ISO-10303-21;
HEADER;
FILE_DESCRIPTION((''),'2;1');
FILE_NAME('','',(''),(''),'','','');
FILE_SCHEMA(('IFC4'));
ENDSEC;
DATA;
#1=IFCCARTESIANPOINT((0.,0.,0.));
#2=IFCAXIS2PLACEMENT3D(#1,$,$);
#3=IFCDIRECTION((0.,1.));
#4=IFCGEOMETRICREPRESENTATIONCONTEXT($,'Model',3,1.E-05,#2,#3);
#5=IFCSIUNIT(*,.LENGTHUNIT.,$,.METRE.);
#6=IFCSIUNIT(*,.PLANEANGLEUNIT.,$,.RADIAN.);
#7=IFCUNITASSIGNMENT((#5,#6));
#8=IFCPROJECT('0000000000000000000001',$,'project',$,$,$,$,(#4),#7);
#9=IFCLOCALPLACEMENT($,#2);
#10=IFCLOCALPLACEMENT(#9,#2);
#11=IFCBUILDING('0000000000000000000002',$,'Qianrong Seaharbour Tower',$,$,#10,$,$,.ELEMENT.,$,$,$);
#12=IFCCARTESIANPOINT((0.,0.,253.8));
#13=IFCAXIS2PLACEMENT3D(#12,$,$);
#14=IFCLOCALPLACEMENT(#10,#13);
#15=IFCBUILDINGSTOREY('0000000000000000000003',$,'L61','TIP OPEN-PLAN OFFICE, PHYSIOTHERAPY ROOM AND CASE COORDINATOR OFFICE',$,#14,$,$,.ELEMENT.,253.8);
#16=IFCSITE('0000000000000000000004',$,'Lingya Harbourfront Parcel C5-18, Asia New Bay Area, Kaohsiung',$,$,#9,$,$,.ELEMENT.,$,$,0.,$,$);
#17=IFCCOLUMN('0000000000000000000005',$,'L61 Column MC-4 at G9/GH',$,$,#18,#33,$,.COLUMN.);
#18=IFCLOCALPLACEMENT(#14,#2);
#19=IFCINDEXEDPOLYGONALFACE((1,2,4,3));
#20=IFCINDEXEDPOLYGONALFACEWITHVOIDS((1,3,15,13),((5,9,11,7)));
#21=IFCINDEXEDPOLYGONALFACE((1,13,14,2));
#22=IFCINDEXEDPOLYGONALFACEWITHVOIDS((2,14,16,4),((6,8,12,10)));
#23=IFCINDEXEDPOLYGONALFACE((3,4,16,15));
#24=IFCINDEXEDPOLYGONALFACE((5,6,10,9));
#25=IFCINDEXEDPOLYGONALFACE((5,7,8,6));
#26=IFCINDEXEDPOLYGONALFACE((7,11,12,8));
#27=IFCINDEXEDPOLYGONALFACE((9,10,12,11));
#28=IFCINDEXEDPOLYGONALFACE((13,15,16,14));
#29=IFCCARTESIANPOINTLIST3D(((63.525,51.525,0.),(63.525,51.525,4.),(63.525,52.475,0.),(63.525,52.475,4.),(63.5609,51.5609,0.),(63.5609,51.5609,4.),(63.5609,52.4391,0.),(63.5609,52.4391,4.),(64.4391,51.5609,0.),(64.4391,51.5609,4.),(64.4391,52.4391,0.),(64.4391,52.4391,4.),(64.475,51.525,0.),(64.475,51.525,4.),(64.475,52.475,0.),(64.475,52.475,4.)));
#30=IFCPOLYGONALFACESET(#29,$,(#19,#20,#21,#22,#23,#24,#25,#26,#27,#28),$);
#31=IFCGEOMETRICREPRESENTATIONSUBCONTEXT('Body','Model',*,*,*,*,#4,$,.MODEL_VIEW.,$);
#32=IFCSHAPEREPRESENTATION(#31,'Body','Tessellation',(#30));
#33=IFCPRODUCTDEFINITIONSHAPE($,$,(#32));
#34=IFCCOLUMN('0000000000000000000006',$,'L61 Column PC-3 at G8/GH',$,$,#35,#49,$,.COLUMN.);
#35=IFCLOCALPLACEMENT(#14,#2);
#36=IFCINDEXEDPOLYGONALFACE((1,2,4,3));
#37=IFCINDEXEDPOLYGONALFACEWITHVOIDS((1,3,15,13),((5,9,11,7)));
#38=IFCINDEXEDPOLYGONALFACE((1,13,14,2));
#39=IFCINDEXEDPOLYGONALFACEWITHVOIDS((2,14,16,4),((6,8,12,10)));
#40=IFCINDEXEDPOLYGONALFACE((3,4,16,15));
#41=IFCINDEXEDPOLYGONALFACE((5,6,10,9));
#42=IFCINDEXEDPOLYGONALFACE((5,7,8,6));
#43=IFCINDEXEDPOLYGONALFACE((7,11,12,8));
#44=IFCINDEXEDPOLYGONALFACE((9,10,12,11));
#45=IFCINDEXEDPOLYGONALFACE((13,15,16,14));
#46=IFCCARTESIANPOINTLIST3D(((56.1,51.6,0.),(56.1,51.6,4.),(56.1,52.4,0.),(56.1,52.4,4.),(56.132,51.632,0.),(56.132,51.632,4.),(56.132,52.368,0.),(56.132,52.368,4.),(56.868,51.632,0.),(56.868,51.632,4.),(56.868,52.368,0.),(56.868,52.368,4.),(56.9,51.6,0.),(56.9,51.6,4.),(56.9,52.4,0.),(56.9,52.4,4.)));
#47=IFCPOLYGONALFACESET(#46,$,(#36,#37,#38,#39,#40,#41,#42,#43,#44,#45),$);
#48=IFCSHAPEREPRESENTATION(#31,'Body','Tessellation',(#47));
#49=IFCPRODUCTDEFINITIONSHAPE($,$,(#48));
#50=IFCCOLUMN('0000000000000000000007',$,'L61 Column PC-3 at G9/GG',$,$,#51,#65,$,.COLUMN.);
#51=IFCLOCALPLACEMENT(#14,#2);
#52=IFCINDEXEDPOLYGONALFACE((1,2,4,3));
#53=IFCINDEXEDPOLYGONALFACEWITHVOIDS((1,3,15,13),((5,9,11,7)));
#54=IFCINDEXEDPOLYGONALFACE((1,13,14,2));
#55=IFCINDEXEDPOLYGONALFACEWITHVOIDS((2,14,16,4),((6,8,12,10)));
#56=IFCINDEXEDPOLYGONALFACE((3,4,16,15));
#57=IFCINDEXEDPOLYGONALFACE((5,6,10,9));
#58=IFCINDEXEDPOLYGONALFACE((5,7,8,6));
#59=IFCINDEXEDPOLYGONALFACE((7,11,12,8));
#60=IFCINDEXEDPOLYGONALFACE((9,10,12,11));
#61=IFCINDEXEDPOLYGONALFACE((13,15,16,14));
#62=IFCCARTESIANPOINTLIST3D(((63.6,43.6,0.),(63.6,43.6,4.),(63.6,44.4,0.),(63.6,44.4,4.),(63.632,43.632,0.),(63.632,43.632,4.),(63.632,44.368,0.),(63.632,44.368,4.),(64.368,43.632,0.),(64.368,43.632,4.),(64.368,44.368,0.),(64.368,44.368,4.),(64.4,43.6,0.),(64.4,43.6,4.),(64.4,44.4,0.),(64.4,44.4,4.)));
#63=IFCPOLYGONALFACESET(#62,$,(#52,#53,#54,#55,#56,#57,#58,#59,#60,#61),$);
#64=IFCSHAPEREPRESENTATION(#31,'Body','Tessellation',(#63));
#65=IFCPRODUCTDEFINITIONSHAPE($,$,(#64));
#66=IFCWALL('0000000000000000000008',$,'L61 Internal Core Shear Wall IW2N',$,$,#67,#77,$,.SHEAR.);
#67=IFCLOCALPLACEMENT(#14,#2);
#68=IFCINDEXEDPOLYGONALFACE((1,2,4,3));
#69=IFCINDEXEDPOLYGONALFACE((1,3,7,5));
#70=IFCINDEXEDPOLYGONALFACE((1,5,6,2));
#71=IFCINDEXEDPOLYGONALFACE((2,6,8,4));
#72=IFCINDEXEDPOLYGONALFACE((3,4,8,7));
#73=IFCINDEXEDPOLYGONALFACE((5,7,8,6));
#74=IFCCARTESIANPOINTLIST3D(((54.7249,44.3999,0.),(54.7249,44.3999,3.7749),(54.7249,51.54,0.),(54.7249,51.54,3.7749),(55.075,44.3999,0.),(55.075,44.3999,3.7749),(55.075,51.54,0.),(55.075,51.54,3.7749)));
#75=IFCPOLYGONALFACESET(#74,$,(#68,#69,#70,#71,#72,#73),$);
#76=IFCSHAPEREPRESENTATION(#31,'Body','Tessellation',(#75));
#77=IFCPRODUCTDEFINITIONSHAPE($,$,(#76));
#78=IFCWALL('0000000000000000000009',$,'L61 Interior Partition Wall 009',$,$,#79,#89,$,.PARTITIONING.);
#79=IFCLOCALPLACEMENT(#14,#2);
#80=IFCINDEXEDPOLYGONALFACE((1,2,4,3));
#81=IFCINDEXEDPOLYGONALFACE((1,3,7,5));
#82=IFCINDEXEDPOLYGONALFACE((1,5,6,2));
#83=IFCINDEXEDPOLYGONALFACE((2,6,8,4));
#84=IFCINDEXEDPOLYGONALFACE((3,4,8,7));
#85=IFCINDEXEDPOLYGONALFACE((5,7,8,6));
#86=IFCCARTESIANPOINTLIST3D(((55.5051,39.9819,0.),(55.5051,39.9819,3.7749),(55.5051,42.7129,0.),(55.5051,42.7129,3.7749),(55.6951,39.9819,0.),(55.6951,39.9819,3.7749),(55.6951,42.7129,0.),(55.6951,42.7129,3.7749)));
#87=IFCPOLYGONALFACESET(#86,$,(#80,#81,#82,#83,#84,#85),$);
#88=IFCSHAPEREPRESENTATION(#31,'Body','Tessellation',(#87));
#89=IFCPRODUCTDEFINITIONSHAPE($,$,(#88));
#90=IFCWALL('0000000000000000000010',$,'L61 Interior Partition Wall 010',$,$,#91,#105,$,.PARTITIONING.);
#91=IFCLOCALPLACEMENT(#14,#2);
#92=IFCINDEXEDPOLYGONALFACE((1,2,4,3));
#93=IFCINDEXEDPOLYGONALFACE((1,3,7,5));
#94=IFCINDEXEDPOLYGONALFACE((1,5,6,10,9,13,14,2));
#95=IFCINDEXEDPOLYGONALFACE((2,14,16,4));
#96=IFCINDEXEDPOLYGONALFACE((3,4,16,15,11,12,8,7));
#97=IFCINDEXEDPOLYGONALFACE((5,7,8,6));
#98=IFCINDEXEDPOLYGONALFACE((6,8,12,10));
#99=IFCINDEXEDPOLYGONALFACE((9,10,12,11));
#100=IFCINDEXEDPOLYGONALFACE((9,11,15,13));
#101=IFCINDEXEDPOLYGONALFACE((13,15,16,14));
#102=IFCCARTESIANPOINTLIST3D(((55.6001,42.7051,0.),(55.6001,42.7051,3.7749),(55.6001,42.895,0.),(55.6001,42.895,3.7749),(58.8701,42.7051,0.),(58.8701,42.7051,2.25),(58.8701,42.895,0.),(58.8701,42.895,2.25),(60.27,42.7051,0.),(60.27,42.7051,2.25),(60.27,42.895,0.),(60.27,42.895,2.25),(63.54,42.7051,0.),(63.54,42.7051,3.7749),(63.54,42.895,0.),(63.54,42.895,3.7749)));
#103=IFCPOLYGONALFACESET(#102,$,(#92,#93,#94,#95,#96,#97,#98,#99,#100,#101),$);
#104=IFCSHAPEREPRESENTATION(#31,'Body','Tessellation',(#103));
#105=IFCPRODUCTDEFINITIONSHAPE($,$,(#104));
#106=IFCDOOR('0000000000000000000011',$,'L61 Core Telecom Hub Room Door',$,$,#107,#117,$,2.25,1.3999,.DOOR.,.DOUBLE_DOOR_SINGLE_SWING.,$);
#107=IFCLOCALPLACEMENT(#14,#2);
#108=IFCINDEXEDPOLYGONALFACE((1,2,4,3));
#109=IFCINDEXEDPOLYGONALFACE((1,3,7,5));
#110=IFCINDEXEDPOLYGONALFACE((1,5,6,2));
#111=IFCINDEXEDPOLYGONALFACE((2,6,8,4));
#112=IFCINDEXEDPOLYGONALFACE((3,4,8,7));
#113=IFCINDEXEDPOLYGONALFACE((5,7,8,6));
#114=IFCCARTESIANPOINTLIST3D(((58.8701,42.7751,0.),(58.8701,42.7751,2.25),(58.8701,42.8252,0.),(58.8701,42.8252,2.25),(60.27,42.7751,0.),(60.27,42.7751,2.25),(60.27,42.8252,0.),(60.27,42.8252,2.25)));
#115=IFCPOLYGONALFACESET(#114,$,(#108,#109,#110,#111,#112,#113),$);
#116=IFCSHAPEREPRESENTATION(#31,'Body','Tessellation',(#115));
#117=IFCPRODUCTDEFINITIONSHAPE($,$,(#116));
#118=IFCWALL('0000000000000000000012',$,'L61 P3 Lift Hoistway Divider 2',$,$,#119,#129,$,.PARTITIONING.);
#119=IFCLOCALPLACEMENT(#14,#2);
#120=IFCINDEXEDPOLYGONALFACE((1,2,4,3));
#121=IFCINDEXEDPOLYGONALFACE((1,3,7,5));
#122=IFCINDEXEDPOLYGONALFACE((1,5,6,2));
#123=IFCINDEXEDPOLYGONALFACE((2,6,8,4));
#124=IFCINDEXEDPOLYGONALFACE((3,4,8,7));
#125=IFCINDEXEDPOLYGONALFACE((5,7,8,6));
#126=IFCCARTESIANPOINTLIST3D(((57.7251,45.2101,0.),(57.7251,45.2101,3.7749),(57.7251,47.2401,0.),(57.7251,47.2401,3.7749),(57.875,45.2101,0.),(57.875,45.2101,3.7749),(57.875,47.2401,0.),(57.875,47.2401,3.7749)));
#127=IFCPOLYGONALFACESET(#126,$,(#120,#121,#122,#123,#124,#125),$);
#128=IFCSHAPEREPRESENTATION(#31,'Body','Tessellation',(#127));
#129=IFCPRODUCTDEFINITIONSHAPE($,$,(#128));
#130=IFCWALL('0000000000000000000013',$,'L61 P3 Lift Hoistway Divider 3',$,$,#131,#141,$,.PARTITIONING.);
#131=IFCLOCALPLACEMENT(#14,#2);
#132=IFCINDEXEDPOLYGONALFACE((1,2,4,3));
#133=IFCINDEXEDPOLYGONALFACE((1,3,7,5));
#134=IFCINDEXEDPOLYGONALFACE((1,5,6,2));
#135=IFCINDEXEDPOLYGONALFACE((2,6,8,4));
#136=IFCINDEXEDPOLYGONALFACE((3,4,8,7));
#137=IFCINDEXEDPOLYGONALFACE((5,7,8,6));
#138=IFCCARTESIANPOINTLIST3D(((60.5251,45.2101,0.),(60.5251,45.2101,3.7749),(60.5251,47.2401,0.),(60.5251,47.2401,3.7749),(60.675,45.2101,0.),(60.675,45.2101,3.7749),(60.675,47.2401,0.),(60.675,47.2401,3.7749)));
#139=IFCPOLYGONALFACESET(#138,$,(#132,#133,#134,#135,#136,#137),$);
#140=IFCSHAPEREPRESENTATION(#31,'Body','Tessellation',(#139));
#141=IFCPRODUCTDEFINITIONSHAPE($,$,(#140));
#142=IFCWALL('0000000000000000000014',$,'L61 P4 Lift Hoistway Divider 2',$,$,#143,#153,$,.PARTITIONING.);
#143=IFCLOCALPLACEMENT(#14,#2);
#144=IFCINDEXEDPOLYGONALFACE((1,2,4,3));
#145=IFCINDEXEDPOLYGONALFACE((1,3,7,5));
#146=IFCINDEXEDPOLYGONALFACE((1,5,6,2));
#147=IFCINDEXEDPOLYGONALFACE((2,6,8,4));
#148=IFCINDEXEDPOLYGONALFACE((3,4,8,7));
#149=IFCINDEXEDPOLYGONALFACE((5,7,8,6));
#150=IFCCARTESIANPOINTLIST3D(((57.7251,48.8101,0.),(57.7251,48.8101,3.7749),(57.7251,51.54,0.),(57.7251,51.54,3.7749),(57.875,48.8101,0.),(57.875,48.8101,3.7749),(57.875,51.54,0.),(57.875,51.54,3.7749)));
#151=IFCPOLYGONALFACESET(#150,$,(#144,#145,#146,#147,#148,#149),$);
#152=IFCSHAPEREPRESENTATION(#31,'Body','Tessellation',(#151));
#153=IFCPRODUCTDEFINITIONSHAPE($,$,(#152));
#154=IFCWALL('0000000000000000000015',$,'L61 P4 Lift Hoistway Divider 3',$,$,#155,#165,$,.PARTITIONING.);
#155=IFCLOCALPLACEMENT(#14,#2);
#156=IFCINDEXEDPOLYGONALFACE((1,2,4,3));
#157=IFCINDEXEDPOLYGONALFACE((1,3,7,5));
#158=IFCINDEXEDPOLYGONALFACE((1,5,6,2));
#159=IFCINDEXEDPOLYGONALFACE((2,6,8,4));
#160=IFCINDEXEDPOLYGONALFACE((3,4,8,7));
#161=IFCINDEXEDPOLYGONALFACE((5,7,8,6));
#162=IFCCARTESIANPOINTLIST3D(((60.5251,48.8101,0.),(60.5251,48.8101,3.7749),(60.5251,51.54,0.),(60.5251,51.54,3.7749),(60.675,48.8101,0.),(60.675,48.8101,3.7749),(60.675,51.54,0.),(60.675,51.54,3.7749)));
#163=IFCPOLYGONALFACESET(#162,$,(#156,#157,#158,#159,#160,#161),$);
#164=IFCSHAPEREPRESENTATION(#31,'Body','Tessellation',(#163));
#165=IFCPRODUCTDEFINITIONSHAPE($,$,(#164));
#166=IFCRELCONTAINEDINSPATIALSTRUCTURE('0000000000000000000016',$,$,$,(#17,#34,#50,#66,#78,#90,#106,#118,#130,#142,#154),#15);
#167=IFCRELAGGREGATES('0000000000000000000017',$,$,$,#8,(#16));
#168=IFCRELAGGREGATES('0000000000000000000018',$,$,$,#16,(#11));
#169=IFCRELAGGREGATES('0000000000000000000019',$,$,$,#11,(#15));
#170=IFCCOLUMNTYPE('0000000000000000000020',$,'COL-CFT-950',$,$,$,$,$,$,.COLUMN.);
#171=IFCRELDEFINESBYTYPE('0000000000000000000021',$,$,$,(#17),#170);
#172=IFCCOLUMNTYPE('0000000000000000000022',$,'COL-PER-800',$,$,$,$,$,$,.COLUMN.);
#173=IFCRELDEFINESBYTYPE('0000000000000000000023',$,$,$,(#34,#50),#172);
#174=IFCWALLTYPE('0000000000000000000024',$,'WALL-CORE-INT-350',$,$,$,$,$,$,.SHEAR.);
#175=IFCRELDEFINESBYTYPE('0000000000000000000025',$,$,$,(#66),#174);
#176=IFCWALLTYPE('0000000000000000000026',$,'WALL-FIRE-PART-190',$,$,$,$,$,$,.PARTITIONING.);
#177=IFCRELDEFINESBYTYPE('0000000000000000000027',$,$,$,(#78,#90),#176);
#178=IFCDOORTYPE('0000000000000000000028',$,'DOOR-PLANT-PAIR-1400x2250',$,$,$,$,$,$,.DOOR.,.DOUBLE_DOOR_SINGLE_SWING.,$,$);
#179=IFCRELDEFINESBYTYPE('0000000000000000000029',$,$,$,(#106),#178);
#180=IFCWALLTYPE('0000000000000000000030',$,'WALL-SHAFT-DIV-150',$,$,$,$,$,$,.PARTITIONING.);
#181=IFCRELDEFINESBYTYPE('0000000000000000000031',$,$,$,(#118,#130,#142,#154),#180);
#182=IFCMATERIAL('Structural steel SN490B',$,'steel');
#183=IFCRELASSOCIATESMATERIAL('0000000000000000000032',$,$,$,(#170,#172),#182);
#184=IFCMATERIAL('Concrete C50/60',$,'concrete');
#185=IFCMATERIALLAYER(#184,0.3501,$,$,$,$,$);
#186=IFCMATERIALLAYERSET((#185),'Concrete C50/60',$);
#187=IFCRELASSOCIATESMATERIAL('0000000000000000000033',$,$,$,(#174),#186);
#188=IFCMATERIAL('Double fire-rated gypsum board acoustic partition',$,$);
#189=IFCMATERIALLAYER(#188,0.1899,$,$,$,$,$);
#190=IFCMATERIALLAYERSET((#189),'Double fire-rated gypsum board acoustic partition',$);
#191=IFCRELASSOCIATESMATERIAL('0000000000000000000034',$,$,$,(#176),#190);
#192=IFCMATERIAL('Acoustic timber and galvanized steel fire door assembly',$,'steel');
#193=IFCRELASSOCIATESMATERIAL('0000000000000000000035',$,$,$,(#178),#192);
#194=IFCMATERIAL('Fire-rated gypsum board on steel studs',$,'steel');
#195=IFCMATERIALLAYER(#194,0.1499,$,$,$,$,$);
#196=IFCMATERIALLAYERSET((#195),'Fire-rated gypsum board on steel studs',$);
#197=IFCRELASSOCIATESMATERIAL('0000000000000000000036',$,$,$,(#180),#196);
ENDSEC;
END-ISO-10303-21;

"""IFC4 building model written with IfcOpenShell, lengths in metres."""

from ifc_helpers import new_model, si_unit, direction, frame, frame_2d, origin, origin_2d, place, context, subcontext, project, spatial, rectangle, hollow_rectangle, extrude, material, layer, layer_set, material_profile, profile_set, type_object, element, fill, save


model = new_model("IFC4")

# Units and contexts
model_context = context("Model", 3, precision=1e-05, world=origin(), true_north=direction((0.0, 1.0)))
body_context = subcontext(model_context, "Body", "Model", "MODEL_VIEW")
ifc_project = project(units=[si_unit("LENGTHUNIT", "METRE"), si_unit("PLANEANGLEUNIT", "RADIAN")], contexts=[model_context])

# Site, building, storey
site_placement = place(None, origin())
site = spatial("IfcSite", under=ifc_project, at=site_placement, Name="Lingya Harbourfront Parcel C5-18, Asia New Bay Area, Kaohsiung", CompositionType="ELEMENT", RefElevation=0.0)
building_placement = place(site_placement, origin())
building = spatial("IfcBuilding", under=site, at=building_placement, Name="Qianrong Seaharbour Tower", CompositionType="ELEMENT")
storey_placement = place(building_placement, frame((0.0, 0.0, 253.8)))
storey = spatial("IfcBuildingStorey", under=building, at=storey_placement, Name="L61", Description="TIP OPEN-PLAN OFFICE, PHYSIOTHERAPY ROOM AND CASE COORDINATOR OFFICE", CompositionType="ELEMENT", Elevation=253.8)

# Columns
ifc_material_1 = material(Name="Structural steel SN490B", Category="steel")
ifc_material_profile_1 = material_profile(ifc_material_1, hollow_rectangle(XDim=0.95, YDim=0.95, WallThickness=0.0359, at=origin_2d()), Name="BOX950x950x36")
ifc_profile_set_1 = profile_set([ifc_material_profile_1], Name="Structural steel SN490B")
column_type_1 = type_object("IfcColumnType", Name="COL-CFT-950", PredefinedType="COLUMN", material=ifc_profile_set_1)
column_placement = place(storey_placement, frame((64.0, 52.0, 0.0), z_axis=(0.0, 0.0, 1.0), x_axis=(1.0, 0.0, 0.0)))
element("IfcColumn", 1, at=column_placement, inside=storey, type_object=column_type_1, Name="L61 Column MC-4 at G9/GH", PredefinedType="COLUMN", context=body_context, shape_type="SweptSolid", body=[
    extrude(hollow_rectangle(XDim=0.95, YDim=0.95, WallThickness=0.0359, at=origin_2d()), origin(), (0.0, 0.0, 1.0), 4.0),
])
ifc_material_profile_2 = material_profile(ifc_material_1, hollow_rectangle(XDim=0.8, YDim=0.8, WallThickness=0.032, at=origin_2d()), Name="BOX800x800x32")
ifc_profile_set_2 = profile_set([ifc_material_profile_2], Name="Structural steel SN490B")
column_type_2 = type_object("IfcColumnType", Name="COL-PER-800", PredefinedType="COLUMN", material=ifc_profile_set_2)
for number, where, z_axis, x_axis, name in (
    (2, (56.5, 52.0, 0.0), (0.0, 0.0, 1.0), (1.0, 0.0, 0.0), "L61 Column PC-3 at G8/GH"),
    (3, (64.0, 44.0, 0.0), (0.0, 0.0, 1.0), (1.0, 0.0, 0.0), "L61 Column PC-3 at G9/GG"),
):
    element("IfcColumn", number, at=place(storey_placement, frame(where, z_axis=z_axis, x_axis=x_axis)), inside=storey, type_object=column_type_2, Name=name, PredefinedType="COLUMN", context=body_context, shape_type="SweptSolid", body=[
        extrude(hollow_rectangle(XDim=0.8, YDim=0.8, WallThickness=0.032, at=origin_2d()), origin(), (0.0, 0.0, 1.0), 4.0),
    ])

# Walls
ifc_material_2 = material(Name="Concrete C50/60", Category="concrete")
ifc_layer_1 = layer(ifc_material_2, 0.3501)
ifc_layer_set_1 = layer_set([ifc_layer_1], Name="Concrete C50/60")
wall_type_1 = type_object("IfcWallType", Name="WALL-CORE-INT-350", PredefinedType="SHEAR", material=ifc_layer_set_1)
wall_1_placement = place(storey_placement, frame((54.8999, 44.3999, 0.0), z_axis=(0.0, 0.0, 1.0), x_axis=(0.0, 1.0, 0.0)))
element("IfcWall", 4, at=wall_1_placement, inside=storey, type_object=wall_type_1, Name="L61 Internal Core Shear Wall IW2N", PredefinedType="SHEAR", context=body_context, shape_type="SweptSolid", body=[
    extrude(rectangle(XDim=7.1401, YDim=0.3501, at=frame_2d((3.5701, 0.0))), origin(), (0.0, 0.0, 1.0), 3.7749),
])
ifc_material_3 = material(Name="Double fire-rated gypsum board acoustic partition")
ifc_layer_2 = layer(ifc_material_3, 0.1899)
ifc_layer_set_2 = layer_set([ifc_layer_2], Name="Double fire-rated gypsum board acoustic partition")
wall_type_2 = type_object("IfcWallType", Name="WALL-FIRE-PART-190", PredefinedType="PARTITIONING", material=ifc_layer_set_2)
wall_2_placement = place(storey_placement, frame((55.6001, 42.7129, 0.0), z_axis=(0.0, 0.0, 1.0), x_axis=(0.0, -1.0, 0.0)))
element("IfcWall", 5, at=wall_2_placement, inside=storey, type_object=wall_type_2, Name="L61 Interior Partition Wall 009", PredefinedType="PARTITIONING", context=body_context, shape_type="SweptSolid", body=[
    extrude(rectangle(XDim=2.731, YDim=0.1899, at=frame_2d((1.3655, 0.0))), origin(), (0.0, 0.0, 1.0), 3.7749),
])

# Wall, opening, door
wall_3_placement = place(storey_placement, frame((63.54, 42.8, 0.0), z_axis=(0.0, 0.0, 1.0), x_axis=(-1.0, 0.0, 0.0)))
wall_3 = element("IfcWall", 6, at=wall_3_placement, inside=storey, type_object=wall_type_2, Name="L61 Interior Partition Wall 010", PredefinedType="PARTITIONING", context=body_context, shape_type="SweptSolid", body=[
    extrude(rectangle(XDim=7.9399, YDim=0.1899, at=frame_2d((3.97, 0.0))), origin(), (0.0, 0.0, 1.0), 3.7749),
])
opening_1_placement = place(wall_3_placement, frame((3.27, 0.0, 0.0)))
opening_1 = element("IfcOpeningElement", 7, at=opening_1_placement, cuts=wall_3, PredefinedType="OPENING", context=body_context, shape_type="SweptSolid", body=[
    extrude(rectangle(XDim=1.3999, YDim=2.25, at=frame_2d((0.7, 1.125))), frame((0.0, 0.105, 0.0), z_axis=(0.0, -1.0, 0.0), x_axis=(1.0, 0.0, 0.0)), (0.0, 0.0, 1.0), 0.21),
])
ifc_material_4 = material(Name="Acoustic timber and galvanized steel fire door assembly", Category="steel")
door_type_1 = type_object("IfcDoorType", Name="DOOR-PLANT-PAIR-1400x2250", OperationType="DOUBLE_DOOR_SINGLE_SWING", PredefinedType="DOOR", material=ifc_material_4)
door_1_placement = place(opening_1_placement, origin())
door_1 = element("IfcDoor", 8, at=door_1_placement, inside=storey, type_object=door_type_1, Name="L61 Core Telecom Hub Room Door", OperationType="DOUBLE_DOOR_SINGLE_SWING", OverallHeight=2.25, OverallWidth=1.3999, PredefinedType="DOOR", context=body_context, shape_type="SweptSolid", body=[
    extrude(rectangle(XDim=1.3999, YDim=2.25, at=frame_2d((0.7, 1.125))), frame((0.0, 0.0249, 0.0), z_axis=(0.0, -1.0, 0.0), x_axis=(1.0, 0.0, 0.0)), (0.0, 0.0, 1.0), 0.05),
])
fill(opening_1, door_1)

# Walls
ifc_material_5 = material(Name="Fire-rated gypsum board on steel studs", Category="steel")
ifc_layer_3 = layer(ifc_material_5, 0.1499)
ifc_layer_set_3 = layer_set([ifc_layer_3], Name="Fire-rated gypsum board on steel studs")
wall_type_3 = type_object("IfcWallType", Name="WALL-SHAFT-DIV-150", PredefinedType="PARTITIONING", material=ifc_layer_set_3)
for number, where, z_axis, x_axis, name in (
    (9, (57.8, 45.21, 0.0), (0.0, 0.0, 1.0), (0.0, 1.0, 0.0), "L61 P3 Lift Hoistway Divider 2"),
    (10, (60.6001, 45.21, 0.0), (0.0, 0.0, 1.0), (0.0, 1.0, 0.0), "L61 P3 Lift Hoistway Divider 3"),
):
    element("IfcWall", number, at=place(storey_placement, frame(where, z_axis=z_axis, x_axis=x_axis)), inside=storey, type_object=wall_type_3, Name=name, PredefinedType="PARTITIONING", context=body_context, shape_type="SweptSolid", body=[
        extrude(rectangle(XDim=2.03, YDim=0.1499, at=frame_2d((1.0151, 0.0))), origin(), (0.0, 0.0, 1.0), 3.7749),
    ])
for number, where, z_axis, x_axis, name in (
    (11, (57.8, 48.8101, 0.0), (0.0, 0.0, 1.0), (0.0, 1.0, 0.0), "L61 P4 Lift Hoistway Divider 2"),
    (12, (60.6001, 48.8101, 0.0), (0.0, 0.0, 1.0), (0.0, 1.0, 0.0), "L61 P4 Lift Hoistway Divider 3"),
):
    element("IfcWall", number, at=place(storey_placement, frame(where, z_axis=z_axis, x_axis=x_axis)), inside=storey, type_object=wall_type_3, Name=name, PredefinedType="PARTITIONING", context=body_context, shape_type="SweptSolid", body=[
        extrude(rectangle(XDim=2.73, YDim=0.1499, at=frame_2d((1.365, 0.0))), origin(), (0.0, 0.0, 1.0), 3.7749),
    ])

save(model, "model.ifc")
